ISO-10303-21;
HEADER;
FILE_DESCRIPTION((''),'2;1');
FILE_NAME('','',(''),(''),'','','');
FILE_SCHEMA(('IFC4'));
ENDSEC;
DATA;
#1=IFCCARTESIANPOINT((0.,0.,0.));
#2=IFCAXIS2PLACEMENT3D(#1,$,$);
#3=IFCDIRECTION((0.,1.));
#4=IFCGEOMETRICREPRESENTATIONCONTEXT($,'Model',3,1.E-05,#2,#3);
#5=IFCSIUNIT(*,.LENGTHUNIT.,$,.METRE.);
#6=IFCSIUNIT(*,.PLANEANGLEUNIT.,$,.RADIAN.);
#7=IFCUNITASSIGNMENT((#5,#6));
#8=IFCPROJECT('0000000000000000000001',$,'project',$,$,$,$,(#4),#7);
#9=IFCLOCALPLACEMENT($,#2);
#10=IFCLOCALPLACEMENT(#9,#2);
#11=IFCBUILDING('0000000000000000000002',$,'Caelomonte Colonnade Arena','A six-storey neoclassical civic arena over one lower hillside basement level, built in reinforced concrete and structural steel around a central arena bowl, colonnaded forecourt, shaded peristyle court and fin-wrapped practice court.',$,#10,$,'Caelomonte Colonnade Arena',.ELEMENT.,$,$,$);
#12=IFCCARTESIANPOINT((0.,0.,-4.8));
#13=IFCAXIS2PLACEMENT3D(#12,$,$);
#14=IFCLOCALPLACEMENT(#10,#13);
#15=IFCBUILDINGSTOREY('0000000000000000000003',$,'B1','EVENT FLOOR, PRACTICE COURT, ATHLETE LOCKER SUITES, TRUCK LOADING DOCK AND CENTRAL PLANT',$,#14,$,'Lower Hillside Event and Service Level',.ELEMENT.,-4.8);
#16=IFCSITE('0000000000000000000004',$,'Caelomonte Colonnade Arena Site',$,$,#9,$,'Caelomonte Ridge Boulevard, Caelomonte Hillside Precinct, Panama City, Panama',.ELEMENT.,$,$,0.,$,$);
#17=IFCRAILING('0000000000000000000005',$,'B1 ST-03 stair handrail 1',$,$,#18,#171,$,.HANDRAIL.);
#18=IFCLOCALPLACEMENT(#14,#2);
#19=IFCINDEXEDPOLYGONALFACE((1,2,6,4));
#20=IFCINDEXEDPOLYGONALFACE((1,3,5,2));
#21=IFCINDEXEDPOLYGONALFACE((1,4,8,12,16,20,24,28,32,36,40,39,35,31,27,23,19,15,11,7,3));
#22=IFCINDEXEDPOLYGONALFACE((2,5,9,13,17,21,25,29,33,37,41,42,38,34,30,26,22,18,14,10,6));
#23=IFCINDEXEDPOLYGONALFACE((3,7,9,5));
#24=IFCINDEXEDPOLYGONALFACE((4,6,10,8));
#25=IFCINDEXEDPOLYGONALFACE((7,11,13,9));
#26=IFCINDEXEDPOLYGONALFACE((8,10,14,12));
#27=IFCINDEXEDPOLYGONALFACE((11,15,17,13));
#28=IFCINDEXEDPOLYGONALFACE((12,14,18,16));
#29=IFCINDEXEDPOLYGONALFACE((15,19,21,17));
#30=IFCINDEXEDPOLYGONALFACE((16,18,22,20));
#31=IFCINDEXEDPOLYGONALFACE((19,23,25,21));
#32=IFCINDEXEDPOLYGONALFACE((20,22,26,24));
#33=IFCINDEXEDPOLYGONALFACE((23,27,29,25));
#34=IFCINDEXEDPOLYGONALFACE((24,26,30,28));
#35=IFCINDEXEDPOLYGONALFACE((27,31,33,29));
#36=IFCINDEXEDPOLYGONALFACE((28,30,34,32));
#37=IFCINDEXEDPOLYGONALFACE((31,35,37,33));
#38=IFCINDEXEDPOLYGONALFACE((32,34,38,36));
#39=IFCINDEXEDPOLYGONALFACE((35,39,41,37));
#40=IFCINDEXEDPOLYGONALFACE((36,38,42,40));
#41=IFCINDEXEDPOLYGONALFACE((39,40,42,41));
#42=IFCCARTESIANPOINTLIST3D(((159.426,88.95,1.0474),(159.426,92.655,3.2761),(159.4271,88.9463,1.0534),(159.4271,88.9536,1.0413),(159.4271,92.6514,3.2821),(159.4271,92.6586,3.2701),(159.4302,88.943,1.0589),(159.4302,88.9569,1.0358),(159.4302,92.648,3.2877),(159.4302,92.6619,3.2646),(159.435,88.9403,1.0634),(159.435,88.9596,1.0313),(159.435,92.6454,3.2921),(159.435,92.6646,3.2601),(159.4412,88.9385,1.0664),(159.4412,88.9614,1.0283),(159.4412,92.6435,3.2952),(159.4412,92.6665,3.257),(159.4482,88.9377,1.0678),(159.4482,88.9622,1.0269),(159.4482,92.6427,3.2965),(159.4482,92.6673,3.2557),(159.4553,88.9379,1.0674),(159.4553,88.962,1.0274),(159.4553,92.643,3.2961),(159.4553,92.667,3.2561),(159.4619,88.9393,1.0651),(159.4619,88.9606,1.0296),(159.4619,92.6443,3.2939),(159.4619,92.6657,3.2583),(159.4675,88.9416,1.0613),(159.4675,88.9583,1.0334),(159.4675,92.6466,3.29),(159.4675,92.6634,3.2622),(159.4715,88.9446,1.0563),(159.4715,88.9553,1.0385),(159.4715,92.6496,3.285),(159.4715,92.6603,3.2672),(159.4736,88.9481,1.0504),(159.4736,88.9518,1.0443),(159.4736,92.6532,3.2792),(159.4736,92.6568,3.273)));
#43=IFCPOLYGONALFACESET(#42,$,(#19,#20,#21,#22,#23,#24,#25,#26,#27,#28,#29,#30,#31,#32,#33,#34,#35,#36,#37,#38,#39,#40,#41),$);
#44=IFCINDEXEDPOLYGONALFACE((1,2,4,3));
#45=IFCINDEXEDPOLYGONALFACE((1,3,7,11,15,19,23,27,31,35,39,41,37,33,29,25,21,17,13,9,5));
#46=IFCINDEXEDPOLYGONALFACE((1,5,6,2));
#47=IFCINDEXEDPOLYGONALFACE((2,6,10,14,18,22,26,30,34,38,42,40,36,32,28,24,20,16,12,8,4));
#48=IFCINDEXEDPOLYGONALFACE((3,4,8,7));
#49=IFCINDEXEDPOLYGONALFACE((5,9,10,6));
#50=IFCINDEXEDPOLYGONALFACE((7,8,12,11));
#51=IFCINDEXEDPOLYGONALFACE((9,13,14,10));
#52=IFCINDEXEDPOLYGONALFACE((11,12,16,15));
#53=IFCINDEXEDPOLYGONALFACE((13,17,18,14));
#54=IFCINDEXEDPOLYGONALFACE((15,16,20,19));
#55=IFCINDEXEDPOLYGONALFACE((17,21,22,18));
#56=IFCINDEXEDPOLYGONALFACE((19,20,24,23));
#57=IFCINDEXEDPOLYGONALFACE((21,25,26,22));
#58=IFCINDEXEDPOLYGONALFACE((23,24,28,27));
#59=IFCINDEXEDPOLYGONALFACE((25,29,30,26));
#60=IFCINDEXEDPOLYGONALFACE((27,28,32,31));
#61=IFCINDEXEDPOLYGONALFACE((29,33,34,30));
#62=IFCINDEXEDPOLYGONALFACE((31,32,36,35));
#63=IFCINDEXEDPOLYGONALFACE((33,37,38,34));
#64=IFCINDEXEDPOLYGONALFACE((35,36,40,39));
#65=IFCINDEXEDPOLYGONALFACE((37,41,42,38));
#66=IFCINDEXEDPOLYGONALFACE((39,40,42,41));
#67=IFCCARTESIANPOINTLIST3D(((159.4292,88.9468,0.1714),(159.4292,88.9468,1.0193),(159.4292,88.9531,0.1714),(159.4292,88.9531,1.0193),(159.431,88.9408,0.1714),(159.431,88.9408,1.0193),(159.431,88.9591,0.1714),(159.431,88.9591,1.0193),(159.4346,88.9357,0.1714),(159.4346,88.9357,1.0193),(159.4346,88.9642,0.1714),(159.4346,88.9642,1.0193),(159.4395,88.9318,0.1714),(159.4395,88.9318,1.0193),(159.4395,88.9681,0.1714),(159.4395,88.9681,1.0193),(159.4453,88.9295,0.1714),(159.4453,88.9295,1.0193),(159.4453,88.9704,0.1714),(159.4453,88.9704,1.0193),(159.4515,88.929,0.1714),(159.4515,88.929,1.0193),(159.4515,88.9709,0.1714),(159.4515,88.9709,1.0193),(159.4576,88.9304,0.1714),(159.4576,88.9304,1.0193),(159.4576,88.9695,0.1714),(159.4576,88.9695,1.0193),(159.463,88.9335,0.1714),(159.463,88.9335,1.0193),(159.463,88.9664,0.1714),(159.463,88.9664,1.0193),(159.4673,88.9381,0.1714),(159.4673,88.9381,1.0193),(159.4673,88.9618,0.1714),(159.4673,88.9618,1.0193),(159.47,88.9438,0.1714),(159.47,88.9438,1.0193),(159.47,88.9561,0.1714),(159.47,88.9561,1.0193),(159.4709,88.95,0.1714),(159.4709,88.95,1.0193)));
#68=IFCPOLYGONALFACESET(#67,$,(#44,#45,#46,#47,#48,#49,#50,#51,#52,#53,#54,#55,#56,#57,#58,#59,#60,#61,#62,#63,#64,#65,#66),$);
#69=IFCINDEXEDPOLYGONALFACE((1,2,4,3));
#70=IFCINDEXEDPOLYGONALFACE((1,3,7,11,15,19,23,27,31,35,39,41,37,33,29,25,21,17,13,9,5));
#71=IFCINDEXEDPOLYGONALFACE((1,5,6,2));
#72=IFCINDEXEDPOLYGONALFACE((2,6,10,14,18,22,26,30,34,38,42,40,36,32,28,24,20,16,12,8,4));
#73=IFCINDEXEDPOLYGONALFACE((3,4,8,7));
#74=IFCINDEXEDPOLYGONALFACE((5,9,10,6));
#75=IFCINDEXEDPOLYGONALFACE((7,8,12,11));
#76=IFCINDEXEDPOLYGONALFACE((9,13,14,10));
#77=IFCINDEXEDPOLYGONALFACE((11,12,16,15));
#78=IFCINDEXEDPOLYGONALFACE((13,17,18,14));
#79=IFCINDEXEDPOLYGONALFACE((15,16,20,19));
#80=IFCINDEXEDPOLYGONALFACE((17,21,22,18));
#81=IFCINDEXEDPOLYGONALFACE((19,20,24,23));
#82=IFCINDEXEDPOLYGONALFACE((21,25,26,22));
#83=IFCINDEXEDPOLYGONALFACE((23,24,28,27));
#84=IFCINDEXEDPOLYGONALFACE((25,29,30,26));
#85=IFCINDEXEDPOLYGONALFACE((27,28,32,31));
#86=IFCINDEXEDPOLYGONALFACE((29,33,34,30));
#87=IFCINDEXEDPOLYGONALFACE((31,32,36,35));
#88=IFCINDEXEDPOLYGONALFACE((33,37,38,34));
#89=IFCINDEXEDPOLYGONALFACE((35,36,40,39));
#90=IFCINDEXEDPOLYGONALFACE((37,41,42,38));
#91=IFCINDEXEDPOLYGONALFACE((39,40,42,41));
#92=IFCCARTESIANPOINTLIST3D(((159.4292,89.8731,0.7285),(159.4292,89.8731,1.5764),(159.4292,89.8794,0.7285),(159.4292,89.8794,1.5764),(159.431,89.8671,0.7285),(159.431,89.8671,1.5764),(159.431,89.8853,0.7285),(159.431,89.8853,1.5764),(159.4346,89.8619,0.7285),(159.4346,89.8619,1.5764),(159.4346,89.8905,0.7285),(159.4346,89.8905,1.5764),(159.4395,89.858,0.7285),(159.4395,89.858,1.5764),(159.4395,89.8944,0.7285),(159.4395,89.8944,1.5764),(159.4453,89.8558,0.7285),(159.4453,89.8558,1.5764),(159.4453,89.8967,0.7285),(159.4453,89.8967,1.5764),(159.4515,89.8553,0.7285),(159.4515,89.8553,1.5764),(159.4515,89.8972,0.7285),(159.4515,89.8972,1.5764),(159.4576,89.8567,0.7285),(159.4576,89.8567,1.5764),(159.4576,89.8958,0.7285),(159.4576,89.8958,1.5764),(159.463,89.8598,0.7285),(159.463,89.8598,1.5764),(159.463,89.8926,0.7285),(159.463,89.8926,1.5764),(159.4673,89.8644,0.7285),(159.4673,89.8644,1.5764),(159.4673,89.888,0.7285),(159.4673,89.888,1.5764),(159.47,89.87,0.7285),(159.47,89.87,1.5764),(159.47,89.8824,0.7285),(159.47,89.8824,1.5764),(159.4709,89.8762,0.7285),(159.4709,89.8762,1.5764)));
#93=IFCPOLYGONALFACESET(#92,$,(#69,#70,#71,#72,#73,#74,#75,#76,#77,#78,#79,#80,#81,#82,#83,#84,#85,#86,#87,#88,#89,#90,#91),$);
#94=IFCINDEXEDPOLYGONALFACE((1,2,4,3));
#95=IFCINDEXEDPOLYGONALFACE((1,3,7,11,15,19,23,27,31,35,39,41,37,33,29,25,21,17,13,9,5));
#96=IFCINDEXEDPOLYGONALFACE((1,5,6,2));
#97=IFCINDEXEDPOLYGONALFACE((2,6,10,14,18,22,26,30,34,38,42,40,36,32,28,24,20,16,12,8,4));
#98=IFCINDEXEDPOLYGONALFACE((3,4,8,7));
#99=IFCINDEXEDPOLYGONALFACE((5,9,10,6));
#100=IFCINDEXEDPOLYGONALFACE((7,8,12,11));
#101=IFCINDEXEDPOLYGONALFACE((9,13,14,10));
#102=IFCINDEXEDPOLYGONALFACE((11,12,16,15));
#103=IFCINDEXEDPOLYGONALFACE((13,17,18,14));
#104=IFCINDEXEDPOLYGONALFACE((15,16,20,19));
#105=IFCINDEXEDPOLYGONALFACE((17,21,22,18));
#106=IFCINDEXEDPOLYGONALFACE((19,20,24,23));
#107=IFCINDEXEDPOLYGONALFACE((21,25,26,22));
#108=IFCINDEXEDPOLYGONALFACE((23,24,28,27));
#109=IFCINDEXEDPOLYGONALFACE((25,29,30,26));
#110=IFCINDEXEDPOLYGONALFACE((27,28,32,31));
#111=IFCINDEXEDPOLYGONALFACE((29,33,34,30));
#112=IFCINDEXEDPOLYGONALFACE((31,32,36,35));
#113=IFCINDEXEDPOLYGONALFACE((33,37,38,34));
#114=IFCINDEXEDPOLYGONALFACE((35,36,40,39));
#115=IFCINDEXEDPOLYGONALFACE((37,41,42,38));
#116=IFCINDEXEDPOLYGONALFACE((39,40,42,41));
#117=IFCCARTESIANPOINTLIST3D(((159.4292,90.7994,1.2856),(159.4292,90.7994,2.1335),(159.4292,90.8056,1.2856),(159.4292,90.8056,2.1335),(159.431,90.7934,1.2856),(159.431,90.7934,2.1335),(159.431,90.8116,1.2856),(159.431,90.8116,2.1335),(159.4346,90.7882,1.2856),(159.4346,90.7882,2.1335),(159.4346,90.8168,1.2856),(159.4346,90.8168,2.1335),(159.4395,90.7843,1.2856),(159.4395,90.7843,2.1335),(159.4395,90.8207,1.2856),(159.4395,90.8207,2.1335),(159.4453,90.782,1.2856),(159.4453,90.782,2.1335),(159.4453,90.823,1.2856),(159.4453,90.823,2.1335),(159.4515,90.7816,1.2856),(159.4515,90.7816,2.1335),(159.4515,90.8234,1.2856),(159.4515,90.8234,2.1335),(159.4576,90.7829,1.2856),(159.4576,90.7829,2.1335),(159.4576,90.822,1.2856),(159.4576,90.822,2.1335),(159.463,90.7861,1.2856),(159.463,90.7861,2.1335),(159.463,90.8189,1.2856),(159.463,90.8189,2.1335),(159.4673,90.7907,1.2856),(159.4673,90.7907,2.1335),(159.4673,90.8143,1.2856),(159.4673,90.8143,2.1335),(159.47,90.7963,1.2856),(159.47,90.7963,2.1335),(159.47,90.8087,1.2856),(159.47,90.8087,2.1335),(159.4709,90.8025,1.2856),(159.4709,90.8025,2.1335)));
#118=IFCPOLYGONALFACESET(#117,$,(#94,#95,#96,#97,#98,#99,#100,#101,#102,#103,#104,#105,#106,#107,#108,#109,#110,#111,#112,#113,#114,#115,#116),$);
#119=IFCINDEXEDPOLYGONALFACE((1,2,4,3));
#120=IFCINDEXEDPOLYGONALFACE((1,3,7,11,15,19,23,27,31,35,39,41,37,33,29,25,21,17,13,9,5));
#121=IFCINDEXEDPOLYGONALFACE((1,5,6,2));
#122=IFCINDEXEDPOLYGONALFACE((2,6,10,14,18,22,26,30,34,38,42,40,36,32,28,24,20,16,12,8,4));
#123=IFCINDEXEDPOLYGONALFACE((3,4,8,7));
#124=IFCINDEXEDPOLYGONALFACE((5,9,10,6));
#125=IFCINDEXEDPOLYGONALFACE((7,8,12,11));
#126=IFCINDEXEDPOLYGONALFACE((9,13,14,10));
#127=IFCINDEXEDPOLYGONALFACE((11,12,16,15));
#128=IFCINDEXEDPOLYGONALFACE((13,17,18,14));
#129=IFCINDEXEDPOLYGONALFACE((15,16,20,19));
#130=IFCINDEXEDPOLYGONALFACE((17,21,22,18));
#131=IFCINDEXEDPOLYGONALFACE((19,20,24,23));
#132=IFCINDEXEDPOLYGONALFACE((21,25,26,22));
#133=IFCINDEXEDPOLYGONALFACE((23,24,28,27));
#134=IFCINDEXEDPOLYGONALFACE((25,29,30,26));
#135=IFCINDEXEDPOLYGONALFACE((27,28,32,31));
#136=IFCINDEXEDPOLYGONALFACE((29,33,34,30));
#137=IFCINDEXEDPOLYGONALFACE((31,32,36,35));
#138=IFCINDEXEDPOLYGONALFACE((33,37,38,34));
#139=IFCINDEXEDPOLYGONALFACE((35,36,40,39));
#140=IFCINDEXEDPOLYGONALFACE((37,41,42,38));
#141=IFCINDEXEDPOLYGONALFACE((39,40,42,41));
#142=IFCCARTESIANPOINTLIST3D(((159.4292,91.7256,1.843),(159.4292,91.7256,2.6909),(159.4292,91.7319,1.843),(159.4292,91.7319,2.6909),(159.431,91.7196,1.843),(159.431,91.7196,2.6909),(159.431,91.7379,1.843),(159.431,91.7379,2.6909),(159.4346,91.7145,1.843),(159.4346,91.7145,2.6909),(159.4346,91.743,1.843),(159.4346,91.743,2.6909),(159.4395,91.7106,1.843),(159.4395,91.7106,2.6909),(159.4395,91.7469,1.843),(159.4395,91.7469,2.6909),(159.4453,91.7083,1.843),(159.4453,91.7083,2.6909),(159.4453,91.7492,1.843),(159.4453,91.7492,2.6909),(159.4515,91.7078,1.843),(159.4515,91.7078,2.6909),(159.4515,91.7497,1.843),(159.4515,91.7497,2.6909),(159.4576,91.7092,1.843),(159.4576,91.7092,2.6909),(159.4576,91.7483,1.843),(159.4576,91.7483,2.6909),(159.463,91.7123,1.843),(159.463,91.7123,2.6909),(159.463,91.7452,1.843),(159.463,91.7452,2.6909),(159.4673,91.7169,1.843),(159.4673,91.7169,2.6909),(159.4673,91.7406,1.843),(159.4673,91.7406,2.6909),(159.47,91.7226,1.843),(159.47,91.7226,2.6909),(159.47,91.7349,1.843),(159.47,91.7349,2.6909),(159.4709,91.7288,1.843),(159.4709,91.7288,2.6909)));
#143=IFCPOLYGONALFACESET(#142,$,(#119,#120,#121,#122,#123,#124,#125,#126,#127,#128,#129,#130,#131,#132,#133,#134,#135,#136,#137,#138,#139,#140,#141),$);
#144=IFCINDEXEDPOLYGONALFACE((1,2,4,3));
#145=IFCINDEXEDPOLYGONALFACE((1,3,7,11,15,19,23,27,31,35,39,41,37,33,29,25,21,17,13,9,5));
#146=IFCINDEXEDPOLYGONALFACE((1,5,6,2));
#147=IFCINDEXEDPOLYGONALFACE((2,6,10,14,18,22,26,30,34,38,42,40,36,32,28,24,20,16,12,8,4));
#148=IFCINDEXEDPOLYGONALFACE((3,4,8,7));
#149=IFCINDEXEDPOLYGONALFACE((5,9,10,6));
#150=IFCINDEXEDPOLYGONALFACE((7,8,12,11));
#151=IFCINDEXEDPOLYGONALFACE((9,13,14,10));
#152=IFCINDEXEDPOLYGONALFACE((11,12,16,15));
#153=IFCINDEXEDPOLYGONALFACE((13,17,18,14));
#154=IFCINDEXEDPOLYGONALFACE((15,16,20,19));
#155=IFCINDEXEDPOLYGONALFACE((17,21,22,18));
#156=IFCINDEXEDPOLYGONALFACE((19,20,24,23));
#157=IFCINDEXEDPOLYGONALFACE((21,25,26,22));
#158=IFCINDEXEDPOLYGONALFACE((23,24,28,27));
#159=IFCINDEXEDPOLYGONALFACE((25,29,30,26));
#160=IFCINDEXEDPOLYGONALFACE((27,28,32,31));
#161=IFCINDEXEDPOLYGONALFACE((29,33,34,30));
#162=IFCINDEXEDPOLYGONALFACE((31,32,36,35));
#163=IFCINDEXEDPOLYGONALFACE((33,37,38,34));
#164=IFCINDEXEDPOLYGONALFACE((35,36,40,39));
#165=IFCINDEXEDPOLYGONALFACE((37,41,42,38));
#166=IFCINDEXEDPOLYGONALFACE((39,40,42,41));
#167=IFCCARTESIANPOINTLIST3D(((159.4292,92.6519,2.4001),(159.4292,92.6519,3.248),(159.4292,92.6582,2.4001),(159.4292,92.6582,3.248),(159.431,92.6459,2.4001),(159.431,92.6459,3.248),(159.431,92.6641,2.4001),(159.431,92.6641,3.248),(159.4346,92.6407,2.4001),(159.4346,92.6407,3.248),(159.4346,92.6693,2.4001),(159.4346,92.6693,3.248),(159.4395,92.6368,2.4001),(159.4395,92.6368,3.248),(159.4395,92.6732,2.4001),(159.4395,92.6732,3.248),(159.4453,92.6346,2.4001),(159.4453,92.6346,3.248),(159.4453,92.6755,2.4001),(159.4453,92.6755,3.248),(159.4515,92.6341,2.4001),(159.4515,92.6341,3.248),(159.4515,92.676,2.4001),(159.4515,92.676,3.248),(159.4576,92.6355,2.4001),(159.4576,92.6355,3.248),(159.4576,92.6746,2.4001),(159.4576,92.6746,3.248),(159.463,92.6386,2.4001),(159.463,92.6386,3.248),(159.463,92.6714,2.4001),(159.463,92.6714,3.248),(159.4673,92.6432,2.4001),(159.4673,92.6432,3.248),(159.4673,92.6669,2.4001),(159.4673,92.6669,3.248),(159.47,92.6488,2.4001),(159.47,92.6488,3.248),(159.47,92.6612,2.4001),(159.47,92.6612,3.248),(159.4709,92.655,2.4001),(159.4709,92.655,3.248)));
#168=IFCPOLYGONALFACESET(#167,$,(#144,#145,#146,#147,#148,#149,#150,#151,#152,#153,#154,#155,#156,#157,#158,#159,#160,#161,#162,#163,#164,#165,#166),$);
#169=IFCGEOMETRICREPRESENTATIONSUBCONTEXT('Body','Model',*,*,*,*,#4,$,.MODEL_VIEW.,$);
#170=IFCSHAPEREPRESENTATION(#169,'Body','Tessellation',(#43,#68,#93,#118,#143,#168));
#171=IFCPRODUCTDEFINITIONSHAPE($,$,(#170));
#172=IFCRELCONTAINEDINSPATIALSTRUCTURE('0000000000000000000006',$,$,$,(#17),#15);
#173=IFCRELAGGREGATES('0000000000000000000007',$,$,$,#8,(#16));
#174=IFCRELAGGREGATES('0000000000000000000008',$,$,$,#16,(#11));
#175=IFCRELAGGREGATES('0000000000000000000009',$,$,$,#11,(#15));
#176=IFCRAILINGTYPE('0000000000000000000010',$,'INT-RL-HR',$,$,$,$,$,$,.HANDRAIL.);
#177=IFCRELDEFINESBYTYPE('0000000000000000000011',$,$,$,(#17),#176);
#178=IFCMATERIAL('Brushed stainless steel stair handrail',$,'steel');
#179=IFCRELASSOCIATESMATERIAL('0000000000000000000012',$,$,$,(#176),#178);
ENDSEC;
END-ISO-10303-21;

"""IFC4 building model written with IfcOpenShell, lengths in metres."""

from ifc_helpers import new_model, si_unit, direction, frame, origin, origin_2d, place, context, subcontext, project, spatial, circle, extrude, material, type_object, element, save


model = new_model("IFC4")

# Units and contexts
model_context = context("Model", 3, precision=1e-05, world=origin(), true_north=direction((0.0, 1.0)))
body_context = subcontext(model_context, "Body", "Model", "MODEL_VIEW")
ifc_project = project(units=[si_unit("LENGTHUNIT", "METRE"), si_unit("PLANEANGLEUNIT", "RADIAN")], contexts=[model_context])

# Site, building, storey
site_placement = place(None, origin())
site = spatial("IfcSite", under=ifc_project, at=site_placement, Name="Caelomonte Colonnade Arena Site", LongName="Caelomonte Ridge Boulevard, Caelomonte Hillside Precinct, Panama City, Panama", CompositionType="ELEMENT", RefElevation=0.0)
building_placement = place(site_placement, origin())
building = spatial("IfcBuilding", under=site, at=building_placement, Name="Caelomonte Colonnade Arena", Description="A six-storey neoclassical civic arena over one lower hillside basement level, built in reinforced concrete and structural steel around a central arena bowl, colonnaded forecourt, shaded peristyle court and fin-wrapped practice court.", LongName="Caelomonte Colonnade Arena", CompositionType="ELEMENT")
storey_placement = place(building_placement, frame((0.0, 0.0, -4.8)))
storey = spatial("IfcBuildingStorey", under=building, at=storey_placement, Name="B1", Description="EVENT FLOOR, PRACTICE COURT, ATHLETE LOCKER SUITES, TRUCK LOADING DOCK AND CENTRAL PLANT", LongName="Lower Hillside Event and Service Level", CompositionType="ELEMENT", Elevation=-4.8)

# Railing
ifc_material_1 = material(Name="Brushed stainless steel stair handrail", Category="steel")
railing_type_1 = type_object("IfcRailingType", Name="INT-RL-HR", PredefinedType="HANDRAIL", material=ifc_material_1)
railing_1_placement = place(storey_placement, frame((159.45, 88.95, 0.1714)))
element("IfcRailing", 1, at=railing_1_placement, inside=storey, type_object=railing_type_1, Name="B1 ST-03 stair handrail 1", PredefinedType="HANDRAIL", context=body_context, shape_type="SweptSolid", body=[
    extrude(circle(Radius=0.0239, at=origin_2d()), frame((0.0, 0.0, 0.876), z_axis=(0.0, 0.856909, 0.515467), x_axis=(-1.0, 0.0, 0.0)), (0.0, 0.0, 1.0), 4.3237),
    extrude(circle(Radius=0.021, at=origin_2d()), origin(), (0.0, 0.0, 1.0), 0.8479),
    extrude(circle(Radius=0.021, at=origin_2d()), frame((0.0, 0.9263, 0.5571)), (0.0, 0.0, 1.0), 0.8479),
    extrude(circle(Radius=0.021, at=origin_2d()), frame((0.0, 1.8525, 1.1143)), (0.0, 0.0, 1.0), 0.8479),
    extrude(circle(Radius=0.021, at=origin_2d()), frame((0.0, 2.7788, 1.6716)), (0.0, 0.0, 1.0), 0.8479),
    extrude(circle(Radius=0.021, at=origin_2d()), frame((0.0, 3.7051, 2.2288)), (0.0, 0.0, 1.0), 0.8479),
])

save(model, "model.ifc")
